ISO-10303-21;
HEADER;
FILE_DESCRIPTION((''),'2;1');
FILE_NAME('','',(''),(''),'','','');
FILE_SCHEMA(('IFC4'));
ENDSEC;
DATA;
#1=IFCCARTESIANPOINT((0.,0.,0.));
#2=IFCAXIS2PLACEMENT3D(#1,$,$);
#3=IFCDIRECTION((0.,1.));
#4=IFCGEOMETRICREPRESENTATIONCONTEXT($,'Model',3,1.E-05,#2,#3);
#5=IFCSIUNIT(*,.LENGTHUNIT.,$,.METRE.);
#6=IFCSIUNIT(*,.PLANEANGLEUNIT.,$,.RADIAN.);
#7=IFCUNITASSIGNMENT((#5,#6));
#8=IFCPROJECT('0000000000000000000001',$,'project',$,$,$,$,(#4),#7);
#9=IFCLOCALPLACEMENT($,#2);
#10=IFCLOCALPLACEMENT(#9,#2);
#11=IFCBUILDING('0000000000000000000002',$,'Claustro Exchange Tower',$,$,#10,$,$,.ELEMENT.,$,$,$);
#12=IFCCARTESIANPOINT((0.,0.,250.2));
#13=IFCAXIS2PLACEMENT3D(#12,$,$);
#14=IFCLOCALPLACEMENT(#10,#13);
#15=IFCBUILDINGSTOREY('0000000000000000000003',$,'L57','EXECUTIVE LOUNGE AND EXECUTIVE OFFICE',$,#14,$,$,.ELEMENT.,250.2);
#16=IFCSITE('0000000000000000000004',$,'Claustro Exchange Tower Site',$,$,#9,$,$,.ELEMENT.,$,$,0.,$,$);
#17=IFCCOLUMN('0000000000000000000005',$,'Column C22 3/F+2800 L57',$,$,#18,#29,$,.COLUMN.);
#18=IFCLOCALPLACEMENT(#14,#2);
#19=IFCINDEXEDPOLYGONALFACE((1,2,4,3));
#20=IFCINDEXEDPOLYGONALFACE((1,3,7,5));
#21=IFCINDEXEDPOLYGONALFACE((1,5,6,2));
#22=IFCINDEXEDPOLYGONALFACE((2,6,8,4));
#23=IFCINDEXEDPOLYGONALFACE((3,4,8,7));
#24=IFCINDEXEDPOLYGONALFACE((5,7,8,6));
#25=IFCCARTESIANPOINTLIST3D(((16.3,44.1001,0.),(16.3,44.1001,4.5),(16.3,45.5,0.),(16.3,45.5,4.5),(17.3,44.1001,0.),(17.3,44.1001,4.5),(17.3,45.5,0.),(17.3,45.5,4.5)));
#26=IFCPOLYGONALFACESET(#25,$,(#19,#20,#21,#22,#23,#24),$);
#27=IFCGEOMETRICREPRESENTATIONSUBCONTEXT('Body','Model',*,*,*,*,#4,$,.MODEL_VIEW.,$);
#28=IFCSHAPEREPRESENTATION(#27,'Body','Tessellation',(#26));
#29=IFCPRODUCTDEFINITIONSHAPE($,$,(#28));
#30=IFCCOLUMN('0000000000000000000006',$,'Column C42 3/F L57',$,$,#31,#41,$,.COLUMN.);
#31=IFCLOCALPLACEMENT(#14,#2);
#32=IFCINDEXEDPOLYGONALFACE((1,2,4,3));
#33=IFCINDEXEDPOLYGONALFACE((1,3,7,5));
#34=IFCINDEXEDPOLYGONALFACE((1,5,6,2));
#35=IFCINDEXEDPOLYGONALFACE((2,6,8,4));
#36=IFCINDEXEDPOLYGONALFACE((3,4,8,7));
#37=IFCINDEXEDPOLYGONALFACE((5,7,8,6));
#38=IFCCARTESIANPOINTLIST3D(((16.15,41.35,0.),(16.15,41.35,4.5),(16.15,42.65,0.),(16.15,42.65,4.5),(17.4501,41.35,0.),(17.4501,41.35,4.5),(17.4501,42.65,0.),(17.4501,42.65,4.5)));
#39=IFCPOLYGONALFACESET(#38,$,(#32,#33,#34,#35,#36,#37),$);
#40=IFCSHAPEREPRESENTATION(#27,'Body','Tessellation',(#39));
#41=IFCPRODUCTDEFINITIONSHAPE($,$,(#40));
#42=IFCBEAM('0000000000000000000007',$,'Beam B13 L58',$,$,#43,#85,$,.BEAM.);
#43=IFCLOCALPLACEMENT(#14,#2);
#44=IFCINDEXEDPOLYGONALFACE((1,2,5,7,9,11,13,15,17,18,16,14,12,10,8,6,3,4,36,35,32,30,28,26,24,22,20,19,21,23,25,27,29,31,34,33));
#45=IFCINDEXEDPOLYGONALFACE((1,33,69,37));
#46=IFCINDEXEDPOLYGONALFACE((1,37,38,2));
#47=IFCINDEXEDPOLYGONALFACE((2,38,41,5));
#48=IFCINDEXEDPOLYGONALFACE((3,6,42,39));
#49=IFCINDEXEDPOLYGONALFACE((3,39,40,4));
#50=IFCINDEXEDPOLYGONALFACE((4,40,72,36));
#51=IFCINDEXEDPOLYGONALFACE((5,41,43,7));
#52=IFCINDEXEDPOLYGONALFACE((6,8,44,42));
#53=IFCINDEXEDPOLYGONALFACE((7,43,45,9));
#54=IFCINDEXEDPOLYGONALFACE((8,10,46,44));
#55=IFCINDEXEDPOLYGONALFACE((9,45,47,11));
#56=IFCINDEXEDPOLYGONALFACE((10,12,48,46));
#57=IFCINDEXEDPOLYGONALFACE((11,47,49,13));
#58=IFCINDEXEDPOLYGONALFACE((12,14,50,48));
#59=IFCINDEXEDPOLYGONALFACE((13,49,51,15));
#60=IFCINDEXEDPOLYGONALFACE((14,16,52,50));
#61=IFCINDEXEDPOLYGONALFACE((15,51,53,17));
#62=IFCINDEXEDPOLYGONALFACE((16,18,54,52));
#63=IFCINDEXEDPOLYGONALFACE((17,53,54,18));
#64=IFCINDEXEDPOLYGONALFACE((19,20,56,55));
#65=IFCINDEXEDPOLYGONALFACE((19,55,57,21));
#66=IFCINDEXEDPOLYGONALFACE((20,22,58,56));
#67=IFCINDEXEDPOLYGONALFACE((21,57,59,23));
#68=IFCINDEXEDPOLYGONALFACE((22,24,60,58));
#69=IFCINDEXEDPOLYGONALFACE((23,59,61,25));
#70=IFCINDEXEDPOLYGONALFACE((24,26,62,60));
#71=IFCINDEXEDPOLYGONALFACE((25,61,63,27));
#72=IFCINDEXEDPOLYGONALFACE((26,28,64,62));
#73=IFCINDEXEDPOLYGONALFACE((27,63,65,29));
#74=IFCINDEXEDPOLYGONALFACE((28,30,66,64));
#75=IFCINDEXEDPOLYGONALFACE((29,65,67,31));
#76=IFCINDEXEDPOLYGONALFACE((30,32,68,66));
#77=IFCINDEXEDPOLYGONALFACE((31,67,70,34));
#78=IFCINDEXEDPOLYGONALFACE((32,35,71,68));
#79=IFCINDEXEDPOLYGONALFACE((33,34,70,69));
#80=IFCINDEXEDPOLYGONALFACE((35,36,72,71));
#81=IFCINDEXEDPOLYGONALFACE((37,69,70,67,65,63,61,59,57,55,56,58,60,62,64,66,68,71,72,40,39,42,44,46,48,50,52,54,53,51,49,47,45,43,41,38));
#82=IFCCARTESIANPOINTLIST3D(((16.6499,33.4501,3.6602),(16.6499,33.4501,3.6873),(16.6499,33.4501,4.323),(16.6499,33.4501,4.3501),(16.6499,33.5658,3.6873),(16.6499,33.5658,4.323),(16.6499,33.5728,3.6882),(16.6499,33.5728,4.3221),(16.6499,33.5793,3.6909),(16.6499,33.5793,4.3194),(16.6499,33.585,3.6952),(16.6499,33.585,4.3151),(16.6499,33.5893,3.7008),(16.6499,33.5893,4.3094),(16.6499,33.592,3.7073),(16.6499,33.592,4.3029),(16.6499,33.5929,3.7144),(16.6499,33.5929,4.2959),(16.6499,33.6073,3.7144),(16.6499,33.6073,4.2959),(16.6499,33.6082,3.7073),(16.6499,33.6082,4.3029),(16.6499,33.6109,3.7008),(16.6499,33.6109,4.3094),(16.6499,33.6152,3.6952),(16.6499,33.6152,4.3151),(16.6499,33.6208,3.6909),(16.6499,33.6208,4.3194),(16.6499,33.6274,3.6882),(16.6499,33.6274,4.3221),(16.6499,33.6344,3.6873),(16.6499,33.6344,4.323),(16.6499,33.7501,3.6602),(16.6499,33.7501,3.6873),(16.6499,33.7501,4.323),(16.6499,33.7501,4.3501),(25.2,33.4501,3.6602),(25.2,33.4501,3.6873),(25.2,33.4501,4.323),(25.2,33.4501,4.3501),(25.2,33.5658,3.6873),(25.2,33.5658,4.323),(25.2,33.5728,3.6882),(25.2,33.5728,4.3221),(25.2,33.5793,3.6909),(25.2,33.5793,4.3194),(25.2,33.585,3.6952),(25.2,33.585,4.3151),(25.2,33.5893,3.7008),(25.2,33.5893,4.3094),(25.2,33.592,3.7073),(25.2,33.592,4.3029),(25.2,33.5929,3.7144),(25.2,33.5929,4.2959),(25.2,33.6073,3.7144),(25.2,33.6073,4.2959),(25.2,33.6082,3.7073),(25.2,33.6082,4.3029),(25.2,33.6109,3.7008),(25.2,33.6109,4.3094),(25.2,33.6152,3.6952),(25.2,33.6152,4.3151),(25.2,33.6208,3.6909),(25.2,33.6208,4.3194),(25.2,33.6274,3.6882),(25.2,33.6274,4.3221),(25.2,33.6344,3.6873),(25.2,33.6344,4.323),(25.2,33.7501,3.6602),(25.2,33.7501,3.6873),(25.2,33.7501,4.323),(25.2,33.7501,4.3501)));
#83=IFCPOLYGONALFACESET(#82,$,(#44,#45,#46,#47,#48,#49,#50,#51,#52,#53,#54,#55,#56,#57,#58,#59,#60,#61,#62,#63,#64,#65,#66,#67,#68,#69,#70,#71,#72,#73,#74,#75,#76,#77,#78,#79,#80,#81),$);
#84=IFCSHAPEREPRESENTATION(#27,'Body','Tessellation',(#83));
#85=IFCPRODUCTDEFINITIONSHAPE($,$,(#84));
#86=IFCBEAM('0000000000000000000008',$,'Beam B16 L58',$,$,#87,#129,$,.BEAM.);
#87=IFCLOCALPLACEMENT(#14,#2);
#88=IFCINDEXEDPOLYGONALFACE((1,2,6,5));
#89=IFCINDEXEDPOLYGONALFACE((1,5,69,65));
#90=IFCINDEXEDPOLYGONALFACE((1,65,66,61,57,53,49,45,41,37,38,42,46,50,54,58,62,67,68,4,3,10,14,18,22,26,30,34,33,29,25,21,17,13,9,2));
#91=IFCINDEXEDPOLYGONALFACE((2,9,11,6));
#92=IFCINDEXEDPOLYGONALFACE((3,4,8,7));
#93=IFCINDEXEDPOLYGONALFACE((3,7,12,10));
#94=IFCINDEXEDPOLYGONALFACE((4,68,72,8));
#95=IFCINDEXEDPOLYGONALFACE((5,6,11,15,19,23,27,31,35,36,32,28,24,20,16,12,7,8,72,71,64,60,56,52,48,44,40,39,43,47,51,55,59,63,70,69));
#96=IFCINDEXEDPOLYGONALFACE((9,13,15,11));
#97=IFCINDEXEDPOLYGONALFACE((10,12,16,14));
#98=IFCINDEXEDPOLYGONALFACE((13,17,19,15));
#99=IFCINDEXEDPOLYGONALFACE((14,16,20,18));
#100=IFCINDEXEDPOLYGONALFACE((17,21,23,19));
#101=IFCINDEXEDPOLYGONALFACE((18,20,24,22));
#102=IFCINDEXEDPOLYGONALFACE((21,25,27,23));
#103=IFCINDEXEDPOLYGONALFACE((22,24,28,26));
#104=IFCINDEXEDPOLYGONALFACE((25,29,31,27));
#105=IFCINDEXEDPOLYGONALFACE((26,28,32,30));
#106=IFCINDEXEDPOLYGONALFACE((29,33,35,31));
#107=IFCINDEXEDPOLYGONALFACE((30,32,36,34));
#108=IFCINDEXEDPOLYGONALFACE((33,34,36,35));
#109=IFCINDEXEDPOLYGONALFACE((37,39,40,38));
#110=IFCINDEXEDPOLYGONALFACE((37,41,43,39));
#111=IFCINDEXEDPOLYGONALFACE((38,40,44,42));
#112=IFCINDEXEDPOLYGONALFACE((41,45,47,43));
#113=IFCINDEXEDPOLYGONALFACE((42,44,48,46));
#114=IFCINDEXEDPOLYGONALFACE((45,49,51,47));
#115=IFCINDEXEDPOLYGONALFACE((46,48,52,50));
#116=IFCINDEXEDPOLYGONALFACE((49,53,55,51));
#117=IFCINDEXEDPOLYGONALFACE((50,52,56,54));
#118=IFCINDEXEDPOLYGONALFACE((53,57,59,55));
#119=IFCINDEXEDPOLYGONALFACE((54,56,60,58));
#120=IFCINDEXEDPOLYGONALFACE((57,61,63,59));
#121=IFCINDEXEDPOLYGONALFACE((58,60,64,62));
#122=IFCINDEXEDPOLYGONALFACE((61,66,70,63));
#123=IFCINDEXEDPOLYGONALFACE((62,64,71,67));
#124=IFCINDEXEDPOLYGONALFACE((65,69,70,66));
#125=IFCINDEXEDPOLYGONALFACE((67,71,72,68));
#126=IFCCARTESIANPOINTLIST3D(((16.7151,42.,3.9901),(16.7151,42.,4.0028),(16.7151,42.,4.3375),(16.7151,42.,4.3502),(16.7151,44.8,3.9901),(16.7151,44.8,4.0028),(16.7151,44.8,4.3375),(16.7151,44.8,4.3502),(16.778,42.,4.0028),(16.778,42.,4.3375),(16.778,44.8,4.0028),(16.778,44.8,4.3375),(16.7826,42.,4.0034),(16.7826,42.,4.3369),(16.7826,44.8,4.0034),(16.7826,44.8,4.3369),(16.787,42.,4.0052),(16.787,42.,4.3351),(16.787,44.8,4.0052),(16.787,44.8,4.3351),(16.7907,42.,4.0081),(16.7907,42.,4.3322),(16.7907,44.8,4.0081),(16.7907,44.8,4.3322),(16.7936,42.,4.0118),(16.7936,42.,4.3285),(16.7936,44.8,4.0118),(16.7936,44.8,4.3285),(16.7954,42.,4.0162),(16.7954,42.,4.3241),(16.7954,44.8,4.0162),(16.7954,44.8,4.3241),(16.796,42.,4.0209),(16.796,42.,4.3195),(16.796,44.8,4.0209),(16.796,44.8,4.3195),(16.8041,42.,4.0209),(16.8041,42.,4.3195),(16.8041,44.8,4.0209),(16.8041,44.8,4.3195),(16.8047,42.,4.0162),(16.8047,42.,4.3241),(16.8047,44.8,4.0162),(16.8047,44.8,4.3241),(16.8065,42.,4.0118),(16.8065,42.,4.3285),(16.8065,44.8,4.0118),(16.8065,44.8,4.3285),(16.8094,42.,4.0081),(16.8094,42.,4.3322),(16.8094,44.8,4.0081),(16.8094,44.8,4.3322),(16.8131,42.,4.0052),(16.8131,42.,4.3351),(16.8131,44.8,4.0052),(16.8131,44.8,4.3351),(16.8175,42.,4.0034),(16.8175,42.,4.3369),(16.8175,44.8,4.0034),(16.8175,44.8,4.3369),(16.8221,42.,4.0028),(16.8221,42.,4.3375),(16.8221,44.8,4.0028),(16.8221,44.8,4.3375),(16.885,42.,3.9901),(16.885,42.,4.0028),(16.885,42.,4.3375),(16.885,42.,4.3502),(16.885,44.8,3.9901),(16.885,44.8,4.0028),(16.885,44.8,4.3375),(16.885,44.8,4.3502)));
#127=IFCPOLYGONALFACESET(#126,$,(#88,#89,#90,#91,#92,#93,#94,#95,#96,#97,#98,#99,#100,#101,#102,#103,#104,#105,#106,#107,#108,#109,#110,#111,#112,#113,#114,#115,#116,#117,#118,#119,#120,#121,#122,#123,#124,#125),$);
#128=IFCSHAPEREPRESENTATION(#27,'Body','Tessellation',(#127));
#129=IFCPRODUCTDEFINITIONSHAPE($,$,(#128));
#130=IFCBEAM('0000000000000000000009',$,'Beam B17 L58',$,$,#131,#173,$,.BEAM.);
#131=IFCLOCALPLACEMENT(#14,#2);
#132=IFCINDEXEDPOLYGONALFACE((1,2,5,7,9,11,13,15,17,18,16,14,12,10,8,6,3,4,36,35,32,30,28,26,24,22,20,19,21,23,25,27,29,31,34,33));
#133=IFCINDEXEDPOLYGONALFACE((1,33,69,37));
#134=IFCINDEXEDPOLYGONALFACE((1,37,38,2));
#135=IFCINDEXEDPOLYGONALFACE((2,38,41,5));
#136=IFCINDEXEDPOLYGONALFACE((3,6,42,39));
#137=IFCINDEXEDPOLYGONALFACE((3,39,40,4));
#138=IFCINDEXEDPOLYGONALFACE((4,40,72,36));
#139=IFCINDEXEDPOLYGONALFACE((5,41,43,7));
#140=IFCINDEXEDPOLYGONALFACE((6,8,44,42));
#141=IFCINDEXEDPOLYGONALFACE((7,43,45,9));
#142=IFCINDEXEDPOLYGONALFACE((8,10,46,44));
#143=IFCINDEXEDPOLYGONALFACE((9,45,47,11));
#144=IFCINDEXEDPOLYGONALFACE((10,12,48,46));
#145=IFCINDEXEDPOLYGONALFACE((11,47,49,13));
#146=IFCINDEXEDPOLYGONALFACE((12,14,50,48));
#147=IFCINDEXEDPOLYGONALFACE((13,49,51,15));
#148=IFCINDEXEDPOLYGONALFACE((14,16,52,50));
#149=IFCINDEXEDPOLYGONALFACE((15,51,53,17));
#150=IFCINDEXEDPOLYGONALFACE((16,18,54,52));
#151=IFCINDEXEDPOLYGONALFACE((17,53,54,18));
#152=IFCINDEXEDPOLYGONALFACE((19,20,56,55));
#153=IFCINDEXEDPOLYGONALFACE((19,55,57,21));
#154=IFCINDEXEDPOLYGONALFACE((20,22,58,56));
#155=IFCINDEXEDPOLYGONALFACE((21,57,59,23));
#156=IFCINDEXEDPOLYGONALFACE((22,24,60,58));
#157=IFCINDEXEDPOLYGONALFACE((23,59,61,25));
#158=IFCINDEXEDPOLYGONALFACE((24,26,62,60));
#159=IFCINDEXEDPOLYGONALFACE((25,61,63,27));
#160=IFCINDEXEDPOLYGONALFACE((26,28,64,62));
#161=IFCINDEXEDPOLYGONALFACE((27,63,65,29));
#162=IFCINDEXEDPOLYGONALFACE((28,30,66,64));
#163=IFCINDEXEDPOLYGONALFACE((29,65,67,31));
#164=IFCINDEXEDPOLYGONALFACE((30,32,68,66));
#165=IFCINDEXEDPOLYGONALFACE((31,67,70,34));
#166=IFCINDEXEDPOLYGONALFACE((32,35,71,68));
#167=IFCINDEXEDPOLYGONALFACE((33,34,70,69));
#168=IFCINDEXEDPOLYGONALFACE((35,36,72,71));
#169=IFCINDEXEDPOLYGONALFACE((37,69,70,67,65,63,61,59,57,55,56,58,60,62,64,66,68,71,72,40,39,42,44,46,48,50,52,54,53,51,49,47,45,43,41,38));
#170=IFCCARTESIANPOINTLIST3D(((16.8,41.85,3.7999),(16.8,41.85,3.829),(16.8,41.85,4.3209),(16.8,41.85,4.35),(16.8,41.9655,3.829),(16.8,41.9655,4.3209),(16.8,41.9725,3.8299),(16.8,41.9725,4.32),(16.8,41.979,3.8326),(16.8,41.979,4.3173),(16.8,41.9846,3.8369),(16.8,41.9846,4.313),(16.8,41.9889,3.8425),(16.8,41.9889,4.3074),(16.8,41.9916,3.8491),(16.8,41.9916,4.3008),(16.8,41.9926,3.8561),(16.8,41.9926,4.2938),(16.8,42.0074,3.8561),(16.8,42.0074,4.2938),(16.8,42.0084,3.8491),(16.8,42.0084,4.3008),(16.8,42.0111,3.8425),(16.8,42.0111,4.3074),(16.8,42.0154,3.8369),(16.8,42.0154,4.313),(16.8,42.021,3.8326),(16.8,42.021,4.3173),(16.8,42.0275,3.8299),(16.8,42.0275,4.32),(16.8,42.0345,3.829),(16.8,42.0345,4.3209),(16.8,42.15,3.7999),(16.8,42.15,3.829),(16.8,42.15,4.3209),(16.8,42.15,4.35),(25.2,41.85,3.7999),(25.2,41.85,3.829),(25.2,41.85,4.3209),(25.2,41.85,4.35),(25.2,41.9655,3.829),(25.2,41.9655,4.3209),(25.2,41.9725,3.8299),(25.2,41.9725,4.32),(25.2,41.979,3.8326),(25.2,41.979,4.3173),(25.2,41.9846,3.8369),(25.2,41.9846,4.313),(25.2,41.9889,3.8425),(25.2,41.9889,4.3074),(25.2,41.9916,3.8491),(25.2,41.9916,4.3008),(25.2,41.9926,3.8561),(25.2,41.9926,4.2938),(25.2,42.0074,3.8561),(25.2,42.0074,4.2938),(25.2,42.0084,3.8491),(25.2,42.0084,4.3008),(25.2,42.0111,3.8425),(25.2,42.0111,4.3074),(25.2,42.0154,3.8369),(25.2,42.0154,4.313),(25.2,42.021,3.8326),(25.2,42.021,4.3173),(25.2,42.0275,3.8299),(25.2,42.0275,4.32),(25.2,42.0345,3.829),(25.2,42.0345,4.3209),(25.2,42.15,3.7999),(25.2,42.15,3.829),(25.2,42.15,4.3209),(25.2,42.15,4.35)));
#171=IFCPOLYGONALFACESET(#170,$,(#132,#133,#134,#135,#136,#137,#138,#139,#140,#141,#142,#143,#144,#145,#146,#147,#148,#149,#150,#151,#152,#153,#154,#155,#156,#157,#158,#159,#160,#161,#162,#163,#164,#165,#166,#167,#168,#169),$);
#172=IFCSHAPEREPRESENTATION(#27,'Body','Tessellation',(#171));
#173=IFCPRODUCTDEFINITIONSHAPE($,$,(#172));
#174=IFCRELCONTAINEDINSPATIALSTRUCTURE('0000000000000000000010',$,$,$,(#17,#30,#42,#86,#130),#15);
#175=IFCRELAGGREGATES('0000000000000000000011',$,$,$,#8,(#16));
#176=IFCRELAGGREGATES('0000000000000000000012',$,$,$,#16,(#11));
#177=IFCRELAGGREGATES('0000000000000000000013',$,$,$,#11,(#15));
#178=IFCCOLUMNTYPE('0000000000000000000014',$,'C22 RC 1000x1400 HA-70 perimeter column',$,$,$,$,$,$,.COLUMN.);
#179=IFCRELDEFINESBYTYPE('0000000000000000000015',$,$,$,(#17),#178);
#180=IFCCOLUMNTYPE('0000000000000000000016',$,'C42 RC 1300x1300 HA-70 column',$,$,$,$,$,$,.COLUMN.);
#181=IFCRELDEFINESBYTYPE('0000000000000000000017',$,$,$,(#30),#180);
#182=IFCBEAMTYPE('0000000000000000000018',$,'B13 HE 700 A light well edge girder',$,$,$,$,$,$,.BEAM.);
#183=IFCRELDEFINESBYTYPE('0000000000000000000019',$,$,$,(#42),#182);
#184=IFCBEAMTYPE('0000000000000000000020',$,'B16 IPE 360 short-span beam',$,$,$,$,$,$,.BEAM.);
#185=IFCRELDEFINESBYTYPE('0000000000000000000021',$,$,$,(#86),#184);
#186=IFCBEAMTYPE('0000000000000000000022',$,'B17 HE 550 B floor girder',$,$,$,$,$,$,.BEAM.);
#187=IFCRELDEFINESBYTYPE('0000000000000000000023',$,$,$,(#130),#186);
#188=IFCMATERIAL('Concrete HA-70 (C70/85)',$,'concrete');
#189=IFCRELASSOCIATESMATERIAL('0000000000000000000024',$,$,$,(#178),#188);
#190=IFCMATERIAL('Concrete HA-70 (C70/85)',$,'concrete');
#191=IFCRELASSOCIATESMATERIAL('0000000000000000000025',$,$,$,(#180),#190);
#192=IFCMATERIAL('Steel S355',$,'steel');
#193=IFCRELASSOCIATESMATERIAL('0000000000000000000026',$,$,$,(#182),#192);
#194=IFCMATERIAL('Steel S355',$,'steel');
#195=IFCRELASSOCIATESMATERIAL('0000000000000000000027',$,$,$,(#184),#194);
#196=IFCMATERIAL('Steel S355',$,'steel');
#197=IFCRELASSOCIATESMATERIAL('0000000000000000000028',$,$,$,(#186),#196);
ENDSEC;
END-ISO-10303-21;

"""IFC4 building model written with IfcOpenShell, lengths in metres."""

from ifc_helpers import new_model, si_unit, direction, frame, origin, origin_2d, place, context, subcontext, project, spatial, rectangle, i_section, extrude, material, material_profile, profile_set, type_object, element, save


model = new_model("IFC4")

# Units and contexts
model_context = context("Model", 3, precision=1e-05, world=origin(), true_north=direction((0.0, 1.0)))
body_context = subcontext(model_context, "Body", "Model", "MODEL_VIEW")
ifc_project = project(units=[si_unit("LENGTHUNIT", "METRE"), si_unit("PLANEANGLEUNIT", "RADIAN")], contexts=[model_context])

# Site, building, storey
site_placement = place(None, origin())
site = spatial("IfcSite", under=ifc_project, at=site_placement, Name="Claustro Exchange Tower Site", CompositionType="ELEMENT", RefElevation=0.0)
building_placement = place(site_placement, origin())
building = spatial("IfcBuilding", under=site, at=building_placement, Name="Claustro Exchange Tower", CompositionType="ELEMENT")
storey_placement = place(building_placement, frame((0.0, 0.0, 250.2)))
storey = spatial("IfcBuildingStorey", under=building, at=storey_placement, Name="L57", Description="EXECUTIVE LOUNGE AND EXECUTIVE OFFICE", CompositionType="ELEMENT", Elevation=250.2)

# Columns
ifc_material_1 = material(Name="Concrete HA-70 (C70/85)", Category="concrete")
ifc_material_profile_1 = material_profile(ifc_material_1, rectangle(XDim=1.0, YDim=1.3999, at=origin_2d()), Name="RC 1000x1400")
ifc_profile_set_1 = profile_set([ifc_material_profile_1], Name="Concrete HA-70 (C70/85)")
column_type_1 = type_object("IfcColumnType", Name="C22 RC 1000x1400 HA-70 perimeter column", PredefinedType="COLUMN", material=ifc_profile_set_1)
column_1_placement = place(storey_placement, frame((16.8, 44.8, 0.0), z_axis=(0.0, 0.0, 1.0), x_axis=(1.0, 0.0, 0.0)))
element("IfcColumn", 1, at=column_1_placement, inside=storey, type_object=column_type_1, Name="Column C22 3/F+2800 L57", PredefinedType="COLUMN", context=body_context, shape_type="SweptSolid", body=[
    extrude(rectangle(XDim=1.0, YDim=1.3999, at=origin_2d()), origin(), (0.0, 0.0, 1.0), 4.5),
])
ifc_material_2 = material(Name="Concrete HA-70 (C70/85)", Category="concrete")
ifc_material_profile_2 = material_profile(ifc_material_2, rectangle(XDim=1.3, YDim=1.3, at=origin_2d()), Name="RC 1300x1300")
ifc_profile_set_2 = profile_set([ifc_material_profile_2], Name="Concrete HA-70 (C70/85)")
column_type_2 = type_object("IfcColumnType", Name="C42 RC 1300x1300 HA-70 column", PredefinedType="COLUMN", material=ifc_profile_set_2)
column_2_placement = place(storey_placement, frame((16.8, 42.0, 0.0), z_axis=(0.0, 0.0, 1.0), x_axis=(1.0, 0.0, 0.0)))
element("IfcColumn", 2, at=column_2_placement, inside=storey, type_object=column_type_2, Name="Column C42 3/F L57", PredefinedType="COLUMN", context=body_context, shape_type="SweptSolid", body=[
    extrude(rectangle(XDim=1.3, YDim=1.3, at=origin_2d()), origin(), (0.0, 0.0, 1.0), 4.5),
])

# Beams
ifc_material_3 = material(Name="Steel S355", Category="steel")
ifc_material_profile_3 = material_profile(ifc_material_3, i_section(OverallWidth=0.3, OverallDepth=0.6899, WebThickness=0.0144, FlangeThickness=0.0271, FilletRadius=0.0271, at=origin_2d()), Name="HE 700 A")
ifc_profile_set_3 = profile_set([ifc_material_profile_3], Name="Steel S355")
beam_type_1 = type_object("IfcBeamType", Name="B13 HE 700 A light well edge girder", PredefinedType="BEAM", material=ifc_profile_set_3)
beam_1_placement = place(storey_placement, frame((16.6499, 33.6001, 4.0051), z_axis=(1.0, 0.0, 0.0), x_axis=(0.0, 1.0, 0.0)))
element("IfcBeam", 3, at=beam_1_placement, inside=storey, type_object=beam_type_1, Name="Beam B13 L58", PredefinedType="BEAM", context=body_context, shape_type="SweptSolid", body=[
    extrude(i_section(OverallWidth=0.3, OverallDepth=0.6899, WebThickness=0.0144, FlangeThickness=0.0271, FilletRadius=0.0271, at=origin_2d()), origin(), (0.0, 0.0, 1.0), 8.55),
])
ifc_material_4 = material(Name="Steel S355", Category="steel")
ifc_material_profile_4 = material_profile(ifc_material_4, i_section(OverallWidth=0.1699, OverallDepth=0.3601, WebThickness=0.0081, FlangeThickness=0.0127, FilletRadius=0.0181, at=origin_2d()), Name="IPE 360")
ifc_profile_set_4 = profile_set([ifc_material_profile_4], Name="Steel S355")
beam_type_2 = type_object("IfcBeamType", Name="B16 IPE 360 short-span beam", PredefinedType="BEAM", material=ifc_profile_set_4)
beam_2_placement = place(storey_placement, frame((16.8, 42.0, 4.1702), z_axis=(0.0, 1.0, 0.0), x_axis=(-1.0, 0.0, 0.0)))
element("IfcBeam", 4, at=beam_2_placement, inside=storey, type_object=beam_type_2, Name="Beam B16 L58", PredefinedType="BEAM", context=body_context, shape_type="SweptSolid", body=[
    extrude(i_section(OverallWidth=0.1699, OverallDepth=0.3601, WebThickness=0.0081, FlangeThickness=0.0127, FilletRadius=0.0181, at=origin_2d()), origin(), (0.0, 0.0, 1.0), 2.8),
])
ifc_material_5 = material(Name="Steel S355", Category="steel")
ifc_material_profile_5 = material_profile(ifc_material_5, i_section(OverallWidth=0.3, OverallDepth=0.55, WebThickness=0.0149, FlangeThickness=0.0291, FilletRadius=0.0271, at=origin_2d()), Name="HE 550 B")
ifc_profile_set_5 = profile_set([ifc_material_profile_5], Name="Steel S355")
beam_type_3 = type_object("IfcBeamType", Name="B17 HE 550 B floor girder", PredefinedType="BEAM", material=ifc_profile_set_5)
beam_3_placement = place(storey_placement, frame((16.8, 42.0, 4.075), z_axis=(1.0, 0.0, 0.0), x_axis=(0.0, 1.0, 0.0)))
element("IfcBeam", 5, at=beam_3_placement, inside=storey, type_object=beam_type_3, Name="Beam B17 L58", PredefinedType="BEAM", context=body_context, shape_type="SweptSolid", body=[
    extrude(i_section(OverallWidth=0.3, OverallDepth=0.55, WebThickness=0.0149, FlangeThickness=0.0291, FilletRadius=0.0271, at=origin_2d()), origin(), (0.0, 0.0, 1.0), 8.3999),
])

save(model, "model.ifc")
